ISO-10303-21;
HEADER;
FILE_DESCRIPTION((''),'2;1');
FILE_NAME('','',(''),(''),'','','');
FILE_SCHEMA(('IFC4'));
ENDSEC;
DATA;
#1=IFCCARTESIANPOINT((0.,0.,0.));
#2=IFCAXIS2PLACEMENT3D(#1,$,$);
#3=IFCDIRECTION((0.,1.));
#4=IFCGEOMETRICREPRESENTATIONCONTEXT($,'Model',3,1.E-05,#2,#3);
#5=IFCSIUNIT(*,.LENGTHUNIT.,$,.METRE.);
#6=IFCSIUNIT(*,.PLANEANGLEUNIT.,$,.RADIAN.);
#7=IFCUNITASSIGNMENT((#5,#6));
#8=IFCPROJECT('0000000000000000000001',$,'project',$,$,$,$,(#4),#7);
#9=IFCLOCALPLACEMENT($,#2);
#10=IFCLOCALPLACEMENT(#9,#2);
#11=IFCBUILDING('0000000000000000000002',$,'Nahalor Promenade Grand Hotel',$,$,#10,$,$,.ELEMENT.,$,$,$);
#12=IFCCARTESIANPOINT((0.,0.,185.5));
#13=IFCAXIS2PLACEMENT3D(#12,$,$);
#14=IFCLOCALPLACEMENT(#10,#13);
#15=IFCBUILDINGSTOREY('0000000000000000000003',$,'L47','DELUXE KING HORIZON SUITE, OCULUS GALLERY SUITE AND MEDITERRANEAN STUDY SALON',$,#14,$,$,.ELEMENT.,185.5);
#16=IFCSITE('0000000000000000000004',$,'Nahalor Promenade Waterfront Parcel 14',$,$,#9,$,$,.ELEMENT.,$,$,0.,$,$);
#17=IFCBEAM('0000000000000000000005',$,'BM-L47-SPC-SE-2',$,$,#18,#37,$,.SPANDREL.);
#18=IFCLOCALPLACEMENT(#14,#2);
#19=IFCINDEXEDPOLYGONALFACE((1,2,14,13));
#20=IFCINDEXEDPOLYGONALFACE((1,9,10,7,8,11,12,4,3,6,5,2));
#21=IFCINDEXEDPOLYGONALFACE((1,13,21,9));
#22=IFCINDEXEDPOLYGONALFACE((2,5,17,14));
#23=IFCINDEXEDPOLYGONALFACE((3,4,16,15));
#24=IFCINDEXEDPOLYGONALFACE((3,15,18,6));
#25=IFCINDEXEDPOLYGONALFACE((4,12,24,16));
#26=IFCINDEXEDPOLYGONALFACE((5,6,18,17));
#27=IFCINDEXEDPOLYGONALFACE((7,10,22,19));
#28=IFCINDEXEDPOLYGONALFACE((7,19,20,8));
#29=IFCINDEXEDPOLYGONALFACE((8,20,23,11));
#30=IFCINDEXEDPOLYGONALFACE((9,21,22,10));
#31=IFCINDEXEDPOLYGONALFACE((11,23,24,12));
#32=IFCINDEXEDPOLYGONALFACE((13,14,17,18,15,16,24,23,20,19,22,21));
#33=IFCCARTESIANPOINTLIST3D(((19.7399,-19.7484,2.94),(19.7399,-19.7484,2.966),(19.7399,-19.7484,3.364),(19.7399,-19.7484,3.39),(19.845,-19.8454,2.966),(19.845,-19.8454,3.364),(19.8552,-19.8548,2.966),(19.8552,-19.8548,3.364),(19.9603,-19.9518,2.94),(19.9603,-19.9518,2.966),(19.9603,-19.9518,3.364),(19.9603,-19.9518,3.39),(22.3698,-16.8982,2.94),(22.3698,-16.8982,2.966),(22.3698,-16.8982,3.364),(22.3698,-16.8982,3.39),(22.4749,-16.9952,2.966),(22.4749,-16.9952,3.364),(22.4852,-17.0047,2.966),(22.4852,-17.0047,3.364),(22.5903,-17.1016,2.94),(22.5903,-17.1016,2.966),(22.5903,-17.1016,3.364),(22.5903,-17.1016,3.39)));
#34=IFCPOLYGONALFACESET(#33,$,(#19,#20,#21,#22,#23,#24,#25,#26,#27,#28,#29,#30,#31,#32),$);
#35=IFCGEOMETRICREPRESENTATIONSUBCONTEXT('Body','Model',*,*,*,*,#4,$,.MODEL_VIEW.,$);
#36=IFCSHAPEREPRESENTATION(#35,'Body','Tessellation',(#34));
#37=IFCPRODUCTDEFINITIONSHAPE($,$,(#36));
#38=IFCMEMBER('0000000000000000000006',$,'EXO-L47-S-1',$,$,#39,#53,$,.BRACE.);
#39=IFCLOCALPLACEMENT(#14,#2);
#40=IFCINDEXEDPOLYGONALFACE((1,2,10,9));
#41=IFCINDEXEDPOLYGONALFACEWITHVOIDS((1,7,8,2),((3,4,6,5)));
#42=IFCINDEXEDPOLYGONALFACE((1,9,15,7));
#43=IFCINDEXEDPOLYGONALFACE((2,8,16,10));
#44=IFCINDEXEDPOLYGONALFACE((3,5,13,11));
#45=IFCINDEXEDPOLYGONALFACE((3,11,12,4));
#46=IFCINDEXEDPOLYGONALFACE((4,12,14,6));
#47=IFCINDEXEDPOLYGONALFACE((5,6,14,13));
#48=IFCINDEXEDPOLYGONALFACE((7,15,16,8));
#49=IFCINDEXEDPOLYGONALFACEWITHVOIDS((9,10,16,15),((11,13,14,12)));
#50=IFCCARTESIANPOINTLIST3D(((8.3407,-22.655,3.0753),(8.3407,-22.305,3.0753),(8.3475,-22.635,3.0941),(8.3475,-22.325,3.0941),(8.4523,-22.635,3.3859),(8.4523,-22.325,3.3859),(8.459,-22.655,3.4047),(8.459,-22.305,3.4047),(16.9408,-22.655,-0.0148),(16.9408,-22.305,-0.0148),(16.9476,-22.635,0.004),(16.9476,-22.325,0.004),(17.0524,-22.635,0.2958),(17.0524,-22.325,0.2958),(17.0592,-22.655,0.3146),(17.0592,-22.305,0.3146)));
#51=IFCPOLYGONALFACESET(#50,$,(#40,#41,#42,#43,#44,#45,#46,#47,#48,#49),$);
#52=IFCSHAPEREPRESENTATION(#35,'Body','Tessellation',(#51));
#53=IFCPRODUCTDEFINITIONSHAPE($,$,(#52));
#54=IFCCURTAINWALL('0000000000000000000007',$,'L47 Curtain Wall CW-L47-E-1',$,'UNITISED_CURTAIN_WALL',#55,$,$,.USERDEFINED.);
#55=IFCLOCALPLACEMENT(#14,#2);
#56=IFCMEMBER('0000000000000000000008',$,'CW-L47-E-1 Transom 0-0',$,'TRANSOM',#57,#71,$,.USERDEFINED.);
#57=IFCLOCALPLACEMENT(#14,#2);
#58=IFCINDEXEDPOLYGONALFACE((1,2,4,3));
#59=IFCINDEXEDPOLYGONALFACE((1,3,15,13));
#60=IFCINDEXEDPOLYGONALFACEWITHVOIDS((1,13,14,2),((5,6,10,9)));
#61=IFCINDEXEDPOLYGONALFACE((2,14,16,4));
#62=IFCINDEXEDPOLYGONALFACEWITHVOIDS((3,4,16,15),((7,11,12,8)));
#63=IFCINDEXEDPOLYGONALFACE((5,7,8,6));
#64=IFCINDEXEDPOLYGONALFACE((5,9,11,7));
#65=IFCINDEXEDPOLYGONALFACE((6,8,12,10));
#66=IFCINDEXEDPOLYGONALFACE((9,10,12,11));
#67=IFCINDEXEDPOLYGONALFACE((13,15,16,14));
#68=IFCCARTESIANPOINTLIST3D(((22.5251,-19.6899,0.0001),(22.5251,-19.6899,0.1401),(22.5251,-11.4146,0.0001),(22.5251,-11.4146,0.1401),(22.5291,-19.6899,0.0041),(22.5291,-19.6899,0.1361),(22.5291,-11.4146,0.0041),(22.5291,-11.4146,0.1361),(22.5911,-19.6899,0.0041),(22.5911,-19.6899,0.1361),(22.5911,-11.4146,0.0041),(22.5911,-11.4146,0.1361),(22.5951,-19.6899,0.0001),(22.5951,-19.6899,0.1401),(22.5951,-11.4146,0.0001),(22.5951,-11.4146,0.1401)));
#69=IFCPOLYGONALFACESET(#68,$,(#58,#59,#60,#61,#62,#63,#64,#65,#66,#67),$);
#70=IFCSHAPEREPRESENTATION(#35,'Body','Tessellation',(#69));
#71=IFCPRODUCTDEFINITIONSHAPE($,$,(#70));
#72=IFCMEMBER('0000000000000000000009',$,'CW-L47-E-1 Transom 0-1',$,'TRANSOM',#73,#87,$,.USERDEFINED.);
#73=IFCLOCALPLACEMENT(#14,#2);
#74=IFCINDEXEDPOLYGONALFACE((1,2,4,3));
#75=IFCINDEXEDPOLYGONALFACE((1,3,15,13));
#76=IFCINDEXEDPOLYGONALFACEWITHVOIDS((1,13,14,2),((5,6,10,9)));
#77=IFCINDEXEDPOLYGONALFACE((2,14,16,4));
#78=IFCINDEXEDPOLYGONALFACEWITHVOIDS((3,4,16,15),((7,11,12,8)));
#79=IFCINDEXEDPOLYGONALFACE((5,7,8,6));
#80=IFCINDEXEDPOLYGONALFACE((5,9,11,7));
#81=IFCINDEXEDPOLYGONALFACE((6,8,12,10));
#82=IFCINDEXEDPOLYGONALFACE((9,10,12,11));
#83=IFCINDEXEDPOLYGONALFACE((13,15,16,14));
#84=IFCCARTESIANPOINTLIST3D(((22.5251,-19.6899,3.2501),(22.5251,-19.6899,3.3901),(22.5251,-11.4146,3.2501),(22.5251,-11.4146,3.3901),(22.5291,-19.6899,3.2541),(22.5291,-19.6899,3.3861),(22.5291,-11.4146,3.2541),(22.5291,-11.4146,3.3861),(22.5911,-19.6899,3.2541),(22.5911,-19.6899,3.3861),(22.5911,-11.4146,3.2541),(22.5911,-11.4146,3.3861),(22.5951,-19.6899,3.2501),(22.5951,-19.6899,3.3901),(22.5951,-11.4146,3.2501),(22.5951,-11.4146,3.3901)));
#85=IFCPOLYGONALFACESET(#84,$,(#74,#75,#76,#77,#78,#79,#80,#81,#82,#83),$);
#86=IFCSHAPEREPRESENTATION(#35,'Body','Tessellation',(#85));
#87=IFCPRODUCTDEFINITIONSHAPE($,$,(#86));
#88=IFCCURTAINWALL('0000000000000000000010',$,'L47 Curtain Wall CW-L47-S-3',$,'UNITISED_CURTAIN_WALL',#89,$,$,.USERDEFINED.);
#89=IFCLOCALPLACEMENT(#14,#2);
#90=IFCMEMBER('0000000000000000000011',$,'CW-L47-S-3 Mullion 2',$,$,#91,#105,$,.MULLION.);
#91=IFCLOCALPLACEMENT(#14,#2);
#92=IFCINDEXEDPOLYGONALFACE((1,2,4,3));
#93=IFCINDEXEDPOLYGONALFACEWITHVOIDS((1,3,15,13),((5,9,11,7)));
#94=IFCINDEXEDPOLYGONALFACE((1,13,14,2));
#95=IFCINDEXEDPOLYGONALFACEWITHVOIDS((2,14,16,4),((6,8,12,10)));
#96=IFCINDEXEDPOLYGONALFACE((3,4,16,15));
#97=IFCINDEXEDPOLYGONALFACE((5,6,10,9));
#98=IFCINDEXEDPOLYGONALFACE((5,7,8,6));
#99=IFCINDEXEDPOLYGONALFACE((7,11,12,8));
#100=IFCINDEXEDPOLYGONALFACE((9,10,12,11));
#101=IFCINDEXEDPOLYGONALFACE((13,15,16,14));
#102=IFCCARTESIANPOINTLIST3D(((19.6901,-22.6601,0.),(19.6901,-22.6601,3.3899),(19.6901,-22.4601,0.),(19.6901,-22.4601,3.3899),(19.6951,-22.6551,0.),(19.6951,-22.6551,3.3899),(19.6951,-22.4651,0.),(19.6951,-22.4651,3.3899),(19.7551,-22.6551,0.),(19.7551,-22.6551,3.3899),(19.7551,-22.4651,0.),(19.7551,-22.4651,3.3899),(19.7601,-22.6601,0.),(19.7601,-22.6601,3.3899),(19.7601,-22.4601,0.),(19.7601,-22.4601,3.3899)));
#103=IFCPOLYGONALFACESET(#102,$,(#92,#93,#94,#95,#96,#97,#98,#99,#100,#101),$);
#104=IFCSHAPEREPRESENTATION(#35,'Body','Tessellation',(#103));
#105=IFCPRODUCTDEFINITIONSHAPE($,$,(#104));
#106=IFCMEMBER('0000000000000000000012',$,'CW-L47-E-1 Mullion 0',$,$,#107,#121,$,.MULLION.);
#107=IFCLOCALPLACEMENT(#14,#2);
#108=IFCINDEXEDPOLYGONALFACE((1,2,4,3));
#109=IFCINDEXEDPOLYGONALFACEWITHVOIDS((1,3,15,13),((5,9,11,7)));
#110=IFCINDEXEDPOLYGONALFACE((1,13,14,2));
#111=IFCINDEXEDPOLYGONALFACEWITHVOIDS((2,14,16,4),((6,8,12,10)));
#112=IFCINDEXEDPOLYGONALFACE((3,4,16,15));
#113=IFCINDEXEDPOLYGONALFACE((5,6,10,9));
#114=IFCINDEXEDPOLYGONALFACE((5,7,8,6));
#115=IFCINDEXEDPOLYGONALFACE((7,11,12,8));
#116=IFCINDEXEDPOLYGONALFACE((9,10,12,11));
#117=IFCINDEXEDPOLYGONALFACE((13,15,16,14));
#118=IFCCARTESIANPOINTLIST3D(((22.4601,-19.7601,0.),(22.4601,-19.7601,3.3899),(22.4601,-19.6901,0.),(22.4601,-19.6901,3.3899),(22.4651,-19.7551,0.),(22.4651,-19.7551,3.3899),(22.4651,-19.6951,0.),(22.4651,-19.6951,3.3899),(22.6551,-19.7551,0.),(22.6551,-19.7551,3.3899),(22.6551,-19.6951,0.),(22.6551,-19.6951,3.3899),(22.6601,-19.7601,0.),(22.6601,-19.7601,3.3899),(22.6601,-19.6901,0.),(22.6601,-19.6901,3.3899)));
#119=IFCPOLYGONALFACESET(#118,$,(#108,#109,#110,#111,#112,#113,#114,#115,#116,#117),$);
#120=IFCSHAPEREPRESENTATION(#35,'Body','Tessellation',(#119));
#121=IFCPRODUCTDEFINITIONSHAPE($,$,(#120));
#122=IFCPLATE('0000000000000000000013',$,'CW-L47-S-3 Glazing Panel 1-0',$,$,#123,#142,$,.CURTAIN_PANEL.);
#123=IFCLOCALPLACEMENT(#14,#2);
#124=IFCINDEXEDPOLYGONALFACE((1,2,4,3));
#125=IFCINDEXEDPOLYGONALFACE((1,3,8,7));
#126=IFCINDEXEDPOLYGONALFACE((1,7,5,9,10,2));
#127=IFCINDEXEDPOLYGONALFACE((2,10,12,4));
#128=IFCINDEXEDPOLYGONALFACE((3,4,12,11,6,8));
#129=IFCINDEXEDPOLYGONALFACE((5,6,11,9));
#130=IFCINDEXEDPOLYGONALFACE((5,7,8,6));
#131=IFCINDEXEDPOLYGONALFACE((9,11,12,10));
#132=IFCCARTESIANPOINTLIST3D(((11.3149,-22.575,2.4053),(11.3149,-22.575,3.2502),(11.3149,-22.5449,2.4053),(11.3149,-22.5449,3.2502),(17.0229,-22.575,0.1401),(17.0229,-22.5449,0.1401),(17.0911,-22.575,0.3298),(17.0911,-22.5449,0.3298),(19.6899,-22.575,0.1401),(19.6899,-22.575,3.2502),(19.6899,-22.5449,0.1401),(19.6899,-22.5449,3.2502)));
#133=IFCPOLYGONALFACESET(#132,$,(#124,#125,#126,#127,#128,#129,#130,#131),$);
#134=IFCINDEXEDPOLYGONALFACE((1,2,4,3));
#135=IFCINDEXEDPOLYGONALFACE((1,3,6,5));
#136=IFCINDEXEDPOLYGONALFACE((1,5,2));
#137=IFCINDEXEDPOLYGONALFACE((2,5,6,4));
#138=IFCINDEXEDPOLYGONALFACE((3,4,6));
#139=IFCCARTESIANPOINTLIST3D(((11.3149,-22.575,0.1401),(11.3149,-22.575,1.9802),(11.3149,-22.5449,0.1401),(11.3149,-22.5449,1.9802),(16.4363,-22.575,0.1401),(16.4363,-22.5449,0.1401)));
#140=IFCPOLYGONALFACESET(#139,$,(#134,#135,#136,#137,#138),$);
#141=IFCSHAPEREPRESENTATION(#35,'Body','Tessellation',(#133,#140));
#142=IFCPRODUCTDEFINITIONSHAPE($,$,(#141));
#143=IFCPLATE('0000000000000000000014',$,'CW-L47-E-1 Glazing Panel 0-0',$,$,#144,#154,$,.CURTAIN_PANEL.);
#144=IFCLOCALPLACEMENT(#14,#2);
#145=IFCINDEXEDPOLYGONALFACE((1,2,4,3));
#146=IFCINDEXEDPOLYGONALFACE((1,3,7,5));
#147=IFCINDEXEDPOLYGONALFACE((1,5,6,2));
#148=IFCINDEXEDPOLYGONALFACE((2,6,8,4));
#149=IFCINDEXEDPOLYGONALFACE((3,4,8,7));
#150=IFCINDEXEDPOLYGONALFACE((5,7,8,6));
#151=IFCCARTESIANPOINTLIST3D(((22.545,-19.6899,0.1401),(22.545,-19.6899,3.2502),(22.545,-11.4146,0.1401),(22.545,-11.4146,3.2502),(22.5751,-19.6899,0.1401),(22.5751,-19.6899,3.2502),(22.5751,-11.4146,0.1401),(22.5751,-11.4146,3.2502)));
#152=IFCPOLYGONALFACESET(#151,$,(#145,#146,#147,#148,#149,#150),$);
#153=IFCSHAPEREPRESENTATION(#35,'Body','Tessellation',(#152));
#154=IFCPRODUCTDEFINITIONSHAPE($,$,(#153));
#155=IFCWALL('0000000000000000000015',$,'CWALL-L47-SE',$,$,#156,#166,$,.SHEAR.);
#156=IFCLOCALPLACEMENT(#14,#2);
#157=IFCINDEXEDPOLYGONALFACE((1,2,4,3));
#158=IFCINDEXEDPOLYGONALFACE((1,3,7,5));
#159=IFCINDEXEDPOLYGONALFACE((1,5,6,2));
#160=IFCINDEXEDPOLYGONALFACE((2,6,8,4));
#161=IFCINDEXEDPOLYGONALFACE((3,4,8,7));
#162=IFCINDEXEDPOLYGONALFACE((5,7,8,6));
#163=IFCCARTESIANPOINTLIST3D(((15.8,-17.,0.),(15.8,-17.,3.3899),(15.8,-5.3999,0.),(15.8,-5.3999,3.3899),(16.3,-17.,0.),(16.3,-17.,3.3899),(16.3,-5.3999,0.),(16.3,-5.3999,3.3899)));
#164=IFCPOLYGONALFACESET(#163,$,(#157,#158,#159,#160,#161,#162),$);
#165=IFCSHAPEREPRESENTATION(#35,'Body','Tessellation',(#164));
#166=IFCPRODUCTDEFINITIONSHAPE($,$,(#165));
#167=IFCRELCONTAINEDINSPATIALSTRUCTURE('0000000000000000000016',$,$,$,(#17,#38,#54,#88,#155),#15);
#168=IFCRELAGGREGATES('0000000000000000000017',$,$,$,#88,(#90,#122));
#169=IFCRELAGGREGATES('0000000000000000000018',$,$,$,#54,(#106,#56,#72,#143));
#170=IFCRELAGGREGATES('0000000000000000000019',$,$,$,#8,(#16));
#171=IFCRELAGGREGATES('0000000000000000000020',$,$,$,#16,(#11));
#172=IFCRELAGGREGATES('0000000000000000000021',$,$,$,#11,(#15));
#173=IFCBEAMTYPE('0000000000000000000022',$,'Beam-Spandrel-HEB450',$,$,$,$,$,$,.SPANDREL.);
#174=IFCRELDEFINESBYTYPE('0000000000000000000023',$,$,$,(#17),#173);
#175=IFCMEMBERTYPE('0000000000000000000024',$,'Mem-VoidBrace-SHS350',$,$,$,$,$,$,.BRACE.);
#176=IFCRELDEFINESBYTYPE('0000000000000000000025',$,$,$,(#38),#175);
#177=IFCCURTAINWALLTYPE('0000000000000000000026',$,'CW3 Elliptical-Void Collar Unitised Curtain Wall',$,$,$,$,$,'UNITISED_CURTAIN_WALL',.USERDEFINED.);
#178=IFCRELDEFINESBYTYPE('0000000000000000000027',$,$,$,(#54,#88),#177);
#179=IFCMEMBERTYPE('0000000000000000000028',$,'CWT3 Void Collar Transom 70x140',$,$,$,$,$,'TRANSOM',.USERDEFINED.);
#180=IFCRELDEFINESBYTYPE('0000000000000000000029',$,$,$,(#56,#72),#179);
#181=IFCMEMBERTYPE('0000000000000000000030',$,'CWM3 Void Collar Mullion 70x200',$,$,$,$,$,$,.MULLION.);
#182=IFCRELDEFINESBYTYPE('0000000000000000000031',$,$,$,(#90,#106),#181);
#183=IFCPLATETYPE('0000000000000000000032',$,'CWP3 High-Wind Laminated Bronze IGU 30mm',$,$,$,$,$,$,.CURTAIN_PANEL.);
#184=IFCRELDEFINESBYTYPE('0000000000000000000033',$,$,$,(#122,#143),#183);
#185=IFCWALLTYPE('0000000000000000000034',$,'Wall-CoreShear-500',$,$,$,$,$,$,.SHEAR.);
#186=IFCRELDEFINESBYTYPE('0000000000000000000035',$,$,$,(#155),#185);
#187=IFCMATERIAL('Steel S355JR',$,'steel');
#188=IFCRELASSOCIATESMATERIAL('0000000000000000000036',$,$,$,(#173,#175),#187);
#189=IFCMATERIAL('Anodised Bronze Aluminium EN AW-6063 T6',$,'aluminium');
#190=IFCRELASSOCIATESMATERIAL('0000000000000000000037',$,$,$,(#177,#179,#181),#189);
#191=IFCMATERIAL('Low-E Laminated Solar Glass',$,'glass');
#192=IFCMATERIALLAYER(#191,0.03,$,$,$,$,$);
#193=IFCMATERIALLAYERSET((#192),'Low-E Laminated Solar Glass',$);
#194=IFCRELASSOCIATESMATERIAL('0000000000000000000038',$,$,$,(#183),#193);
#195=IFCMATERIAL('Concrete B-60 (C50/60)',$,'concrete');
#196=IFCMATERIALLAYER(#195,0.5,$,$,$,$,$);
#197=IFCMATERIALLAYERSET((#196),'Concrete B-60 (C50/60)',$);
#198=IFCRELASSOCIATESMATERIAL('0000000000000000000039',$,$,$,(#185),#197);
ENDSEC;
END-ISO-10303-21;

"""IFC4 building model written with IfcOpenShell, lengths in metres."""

from ifc_helpers import new_model, si_unit, direction, frame, frame_2d, origin, origin_2d, place, context, subcontext, project, spatial, polyline, rectangle, hollow_rectangle, i_section, outline, extrude, source, transform, mapped, material, layer, layer_set, material_profile, profile_set, type_object, element, aggregate, save


model = new_model("IFC4")

# Units and contexts
model_context = context("Model", 3, precision=1e-05, world=origin(), true_north=direction((0.0, 1.0)))
body_context = subcontext(model_context, "Body", "Model", "MODEL_VIEW")
ifc_project = project(units=[si_unit("LENGTHUNIT", "METRE"), si_unit("PLANEANGLEUNIT", "RADIAN")], contexts=[model_context])

# Site, building, storey
site_placement = place(None, origin())
site = spatial("IfcSite", under=ifc_project, at=site_placement, Name="Nahalor Promenade Waterfront Parcel 14", CompositionType="ELEMENT", RefElevation=0.0)
building_placement = place(site_placement, origin())
building = spatial("IfcBuilding", under=site, at=building_placement, Name="Nahalor Promenade Grand Hotel", CompositionType="ELEMENT")
storey_placement = place(building_placement, frame((0.0, 0.0, 185.5)))
storey = spatial("IfcBuildingStorey", under=building, at=storey_placement, Name="L47", Description="DELUXE KING HORIZON SUITE, OCULUS GALLERY SUITE AND MEDITERRANEAN STUDY SALON", CompositionType="ELEMENT", Elevation=185.5)

# Shared definitions
ifc_material_1 = material(Name="Concrete B-60 (C50/60)", Category="concrete")

# Beam
ifc_material_2 = material(Name="Steel S355JR", Category="steel")
ifc_material_profile_1 = material_profile(ifc_material_2, i_section(OverallWidth=0.3, OverallDepth=0.45, WebThickness=0.014, FlangeThickness=0.026, at=origin_2d()), Name="HEB 450")
ifc_profile_set_1 = profile_set([ifc_material_profile_1], Name="Steel S355JR")
beam_type_1 = type_object("IfcBeamType", Name="Beam-Spandrel-HEB450", PredefinedType="SPANDREL", material=ifc_profile_set_1)
shared_shape_1 = source(origin(), body_context, "Body", "SweptSolid", [
    extrude(i_section(OverallWidth=0.3, OverallDepth=0.45, WebThickness=0.014, FlangeThickness=0.026, at=origin_2d()), origin(), (0.0, 0.0, 1.0), 3.8782),
])
for number, where, z_axis, x_axis, name in (
    (1, (19.8501, -19.8501, 3.165), (0.678144, 0.734929, 0.0), (-0.734929, 0.678144, 0.0), "BM-L47-SPC-SE-2"),
):
    element("IfcBeam", number, at=place(storey_placement, frame(where, z_axis=z_axis, x_axis=x_axis)), inside=storey, type_object=beam_type_1, Name=name, PredefinedType="SPANDREL", context=body_context, shape_type="MappedRepresentation", body=[
        mapped(shared_shape_1, transform((0.0, 0.0, 0.0), scale=1.0)),
    ])

# Member
ifc_material_profile_2 = material_profile(ifc_material_2, hollow_rectangle(XDim=0.35, YDim=0.35, WallThickness=0.02, at=origin_2d()), Name="SHS 350x350x20")
ifc_profile_set_2 = profile_set([ifc_material_profile_2], Name="Steel S355JR")
member_type_1 = type_object("IfcMemberType", Name="Mem-VoidBrace-SHS350", PredefinedType="BRACE", material=ifc_profile_set_2)
shared_shape_2 = source(origin(), body_context, "Body", "SweptSolid", [
    extrude(hollow_rectangle(XDim=0.35, YDim=0.35, WallThickness=0.02, at=origin_2d()), origin(), (0.0, 0.0, 1.0), 9.1384),
])
member_1_placement = place(storey_placement, frame((17.0, -22.48, 0.1499), z_axis=(-0.941095, 0.0, 0.338143), x_axis=(0.0, -1.0, 0.0)))
element("IfcMember", 2, at=member_1_placement, inside=storey, type_object=member_type_1, Name="EXO-L47-S-1", PredefinedType="BRACE", context=body_context, shape_type="MappedRepresentation", body=[
    mapped(shared_shape_2, transform((0.0, 0.0, 0.0), scale=1.0)),
])

# Curtain wall, members
ifc_material_3 = material(Name="Anodised Bronze Aluminium EN AW-6063 T6", Category="aluminium")
curtain_wall_type = type_object("IfcCurtainWallType", Name="CW3 Elliptical-Void Collar Unitised Curtain Wall", ElementType="UNITISED_CURTAIN_WALL", PredefinedType="USERDEFINED", material=ifc_material_3)
curtain_wall_1_placement = place(storey_placement, origin())
curtain_wall_1 = element("IfcCurtainWall", 3, at=curtain_wall_1_placement, inside=storey, type_object=curtain_wall_type, Name="L47 Curtain Wall CW-L47-E-1", ObjectType="UNITISED_CURTAIN_WALL", PredefinedType="USERDEFINED")
ifc_material_profile_3 = material_profile(ifc_material_3, hollow_rectangle(XDim=0.07, YDim=0.14, WallThickness=0.004, at=origin_2d()), Name="CWT 70x140x4")
ifc_profile_set_3 = profile_set([ifc_material_profile_3], Name="Anodised Bronze Aluminium EN AW-6063 T6")
member_type_2 = type_object("IfcMemberType", Name="CWT3 Void Collar Transom 70x140", ElementType="TRANSOM", PredefinedType="USERDEFINED", material=ifc_profile_set_3)
shared_shape_3 = source(origin(), body_context, "Body", "SweptSolid", [
    extrude(hollow_rectangle(XDim=0.07, YDim=0.14, WallThickness=0.004, at=origin_2d()), origin(), (0.0, 0.0, 1.0), 8.2754),
])
member_2_placement = place(storey_placement, frame((22.5601, -19.6899, 0.0701), z_axis=(0.0, 1.0, 0.0), x_axis=(-1.0, 0.0, 0.0)))
member_2 = element("IfcMember", 4, at=member_2_placement, type_object=member_type_2, Name="CW-L47-E-1 Transom 0-0", ObjectType="TRANSOM", PredefinedType="USERDEFINED", context=body_context, shape_type="MappedRepresentation", body=[
    mapped(shared_shape_3, transform((0.0, 0.0, 0.0), scale=1.0)),
])
member_3_placement = place(storey_placement, frame((22.5601, -19.6899, 3.3201), z_axis=(0.0, 1.0, 0.0), x_axis=(-1.0, 0.0, 0.0)))
member_3 = element("IfcMember", 5, at=member_3_placement, type_object=member_type_2, Name="CW-L47-E-1 Transom 0-1", ObjectType="TRANSOM", PredefinedType="USERDEFINED", context=body_context, shape_type="MappedRepresentation", body=[
    mapped(shared_shape_3, transform((0.0, 0.0, 0.0), scale=1.0)),
])

# Curtain wall, member
curtain_wall_2_placement = place(storey_placement, origin())
curtain_wall_2 = element("IfcCurtainWall", 6, at=curtain_wall_2_placement, inside=storey, type_object=curtain_wall_type, Name="L47 Curtain Wall CW-L47-S-3", ObjectType="UNITISED_CURTAIN_WALL", PredefinedType="USERDEFINED")
ifc_material_profile_4 = material_profile(ifc_material_3, hollow_rectangle(XDim=0.07, YDim=0.2, WallThickness=0.005, at=origin_2d()), Name="CWM 70x200x5")
ifc_profile_set_4 = profile_set([ifc_material_profile_4], Name="Anodised Bronze Aluminium EN AW-6063 T6")
member_type_3 = type_object("IfcMemberType", Name="CWM3 Void Collar Mullion 70x200", PredefinedType="MULLION", material=ifc_profile_set_4)
shared_shape_4 = source(origin(), body_context, "Body", "SweptSolid", [
    extrude(hollow_rectangle(XDim=0.07, YDim=0.2, WallThickness=0.005, at=origin_2d()), origin(), (0.0, 0.0, 1.0), 3.3899),
])
member_4_placement = place(storey_placement, frame((19.7251, -22.5601, 0.0), z_axis=(0.0, 0.0, 1.0), x_axis=(1.0, 0.0, 0.0)))
member_4 = element("IfcMember", 7, at=member_4_placement, type_object=member_type_3, Name="CW-L47-S-3 Mullion 2", PredefinedType="MULLION", context=body_context, shape_type="MappedRepresentation", body=[
    mapped(shared_shape_4, transform((0.0, 0.0, 0.0), scale=1.0)),
])

# Member
member_5_placement = place(storey_placement, frame((22.5601, -19.7251, 0.0), z_axis=(0.0, 0.0, 1.0), x_axis=(0.0, 1.0, 0.0)))
member_5 = element("IfcMember", 8, at=member_5_placement, type_object=member_type_3, Name="CW-L47-E-1 Mullion 0", PredefinedType="MULLION", context=body_context, shape_type="MappedRepresentation", body=[
    mapped(shared_shape_4, transform((0.0, 0.0, 0.0), scale=1.0)),
])

# Plates
ifc_material_4 = material(Name="Low-E Laminated Solar Glass", Category="glass")
ifc_layer_1 = layer(ifc_material_4, 0.03)
ifc_layer_set_1 = layer_set([ifc_layer_1], Name="Low-E Laminated Solar Glass")
plate_type = type_object("IfcPlateType", Name="CWP3 High-Wind Laminated Bronze IGU 30mm", PredefinedType="CURTAIN_PANEL", material=ifc_layer_set_1)
plate_1_placement = place(storey_placement, frame((15.5024, -22.5601, 0.1401), z_axis=(0.0, 0.0, 1.0), x_axis=(1.0, 0.0, 0.0)))
plate_1 = element("IfcPlate", 9, at=plate_1_placement, type_object=plate_type, Name="CW-L47-S-3 Glazing Panel 1-0", PredefinedType="CURTAIN_PANEL", context=body_context, shape_type="SweptSolid", body=[
    extrude(outline(polyline([(4.1875, 3.1101), (-4.1875, 3.1101), (-4.1875, 2.2651), (1.5886, 0.1897), (1.5205, 0.0), (4.1875, 0.0), (4.1875, 3.1101)])), frame((0.0, 0.0151, 0.0), z_axis=(0.0, -1.0, 0.0), x_axis=(1.0, 0.0, 0.0)), (0.0, 0.0, 1.0), 0.03),
    extrude(outline(polyline([(-4.1875, 1.8401), (-4.1875, 0.0), (0.9338, 0.0), (-4.1875, 1.8401)])), frame((0.0, 0.0151, 0.0), z_axis=(0.0, -1.0, 0.0), x_axis=(1.0, 0.0, 0.0)), (0.0, 0.0, 1.0), 0.03),
])
aggregate(curtain_wall_2, [member_4, plate_1])
shared_shape_5 = source(origin(), body_context, "Body", "SweptSolid", [
    extrude(rectangle(XDim=8.2754, YDim=0.03, at=origin_2d()), origin(), (0.0, 0.0, 1.0), 3.1101),
])
plate_2_placement = place(storey_placement, frame((22.5601, -15.5522, 0.1401), z_axis=(0.0, 0.0, 1.0), x_axis=(0.0, 1.0, 0.0)))
plate_2 = element("IfcPlate", 10, at=plate_2_placement, type_object=plate_type, Name="CW-L47-E-1 Glazing Panel 0-0", PredefinedType="CURTAIN_PANEL", context=body_context, shape_type="MappedRepresentation", body=[
    mapped(shared_shape_5, transform((0.0, 0.0, 0.0), scale=1.0)),
])
aggregate(curtain_wall_1, [member_5, member_2, member_3, plate_2])

# Wall
ifc_layer_2 = layer(ifc_material_1, 0.5)
ifc_layer_set_2 = layer_set([ifc_layer_2], Name="Concrete B-60 (C50/60)")
wall_type_1 = type_object("IfcWallType", Name="Wall-CoreShear-500", PredefinedType="SHEAR", material=ifc_layer_set_2)
shared_shape_6 = source(origin(), body_context, "Body", "SweptSolid", [
    extrude(rectangle(XDim=11.6001, YDim=0.5, at=frame_2d((5.8, 0.0))), origin(), (0.0, 0.0, 1.0), 3.3899),
])
wall_1_placement = place(storey_placement, frame((16.05, -17.0, 0.0), z_axis=(0.0, 0.0, 1.0), x_axis=(0.0, 1.0, 0.0)))
element("IfcWall", 11, at=wall_1_placement, inside=storey, type_object=wall_type_1, Name="CWALL-L47-SE", PredefinedType="SHEAR", context=body_context, shape_type="MappedRepresentation", body=[
    mapped(shared_shape_6, transform((0.0, 0.0, 0.0), scale=1.0)),
])

save(model, "model.ifc")
